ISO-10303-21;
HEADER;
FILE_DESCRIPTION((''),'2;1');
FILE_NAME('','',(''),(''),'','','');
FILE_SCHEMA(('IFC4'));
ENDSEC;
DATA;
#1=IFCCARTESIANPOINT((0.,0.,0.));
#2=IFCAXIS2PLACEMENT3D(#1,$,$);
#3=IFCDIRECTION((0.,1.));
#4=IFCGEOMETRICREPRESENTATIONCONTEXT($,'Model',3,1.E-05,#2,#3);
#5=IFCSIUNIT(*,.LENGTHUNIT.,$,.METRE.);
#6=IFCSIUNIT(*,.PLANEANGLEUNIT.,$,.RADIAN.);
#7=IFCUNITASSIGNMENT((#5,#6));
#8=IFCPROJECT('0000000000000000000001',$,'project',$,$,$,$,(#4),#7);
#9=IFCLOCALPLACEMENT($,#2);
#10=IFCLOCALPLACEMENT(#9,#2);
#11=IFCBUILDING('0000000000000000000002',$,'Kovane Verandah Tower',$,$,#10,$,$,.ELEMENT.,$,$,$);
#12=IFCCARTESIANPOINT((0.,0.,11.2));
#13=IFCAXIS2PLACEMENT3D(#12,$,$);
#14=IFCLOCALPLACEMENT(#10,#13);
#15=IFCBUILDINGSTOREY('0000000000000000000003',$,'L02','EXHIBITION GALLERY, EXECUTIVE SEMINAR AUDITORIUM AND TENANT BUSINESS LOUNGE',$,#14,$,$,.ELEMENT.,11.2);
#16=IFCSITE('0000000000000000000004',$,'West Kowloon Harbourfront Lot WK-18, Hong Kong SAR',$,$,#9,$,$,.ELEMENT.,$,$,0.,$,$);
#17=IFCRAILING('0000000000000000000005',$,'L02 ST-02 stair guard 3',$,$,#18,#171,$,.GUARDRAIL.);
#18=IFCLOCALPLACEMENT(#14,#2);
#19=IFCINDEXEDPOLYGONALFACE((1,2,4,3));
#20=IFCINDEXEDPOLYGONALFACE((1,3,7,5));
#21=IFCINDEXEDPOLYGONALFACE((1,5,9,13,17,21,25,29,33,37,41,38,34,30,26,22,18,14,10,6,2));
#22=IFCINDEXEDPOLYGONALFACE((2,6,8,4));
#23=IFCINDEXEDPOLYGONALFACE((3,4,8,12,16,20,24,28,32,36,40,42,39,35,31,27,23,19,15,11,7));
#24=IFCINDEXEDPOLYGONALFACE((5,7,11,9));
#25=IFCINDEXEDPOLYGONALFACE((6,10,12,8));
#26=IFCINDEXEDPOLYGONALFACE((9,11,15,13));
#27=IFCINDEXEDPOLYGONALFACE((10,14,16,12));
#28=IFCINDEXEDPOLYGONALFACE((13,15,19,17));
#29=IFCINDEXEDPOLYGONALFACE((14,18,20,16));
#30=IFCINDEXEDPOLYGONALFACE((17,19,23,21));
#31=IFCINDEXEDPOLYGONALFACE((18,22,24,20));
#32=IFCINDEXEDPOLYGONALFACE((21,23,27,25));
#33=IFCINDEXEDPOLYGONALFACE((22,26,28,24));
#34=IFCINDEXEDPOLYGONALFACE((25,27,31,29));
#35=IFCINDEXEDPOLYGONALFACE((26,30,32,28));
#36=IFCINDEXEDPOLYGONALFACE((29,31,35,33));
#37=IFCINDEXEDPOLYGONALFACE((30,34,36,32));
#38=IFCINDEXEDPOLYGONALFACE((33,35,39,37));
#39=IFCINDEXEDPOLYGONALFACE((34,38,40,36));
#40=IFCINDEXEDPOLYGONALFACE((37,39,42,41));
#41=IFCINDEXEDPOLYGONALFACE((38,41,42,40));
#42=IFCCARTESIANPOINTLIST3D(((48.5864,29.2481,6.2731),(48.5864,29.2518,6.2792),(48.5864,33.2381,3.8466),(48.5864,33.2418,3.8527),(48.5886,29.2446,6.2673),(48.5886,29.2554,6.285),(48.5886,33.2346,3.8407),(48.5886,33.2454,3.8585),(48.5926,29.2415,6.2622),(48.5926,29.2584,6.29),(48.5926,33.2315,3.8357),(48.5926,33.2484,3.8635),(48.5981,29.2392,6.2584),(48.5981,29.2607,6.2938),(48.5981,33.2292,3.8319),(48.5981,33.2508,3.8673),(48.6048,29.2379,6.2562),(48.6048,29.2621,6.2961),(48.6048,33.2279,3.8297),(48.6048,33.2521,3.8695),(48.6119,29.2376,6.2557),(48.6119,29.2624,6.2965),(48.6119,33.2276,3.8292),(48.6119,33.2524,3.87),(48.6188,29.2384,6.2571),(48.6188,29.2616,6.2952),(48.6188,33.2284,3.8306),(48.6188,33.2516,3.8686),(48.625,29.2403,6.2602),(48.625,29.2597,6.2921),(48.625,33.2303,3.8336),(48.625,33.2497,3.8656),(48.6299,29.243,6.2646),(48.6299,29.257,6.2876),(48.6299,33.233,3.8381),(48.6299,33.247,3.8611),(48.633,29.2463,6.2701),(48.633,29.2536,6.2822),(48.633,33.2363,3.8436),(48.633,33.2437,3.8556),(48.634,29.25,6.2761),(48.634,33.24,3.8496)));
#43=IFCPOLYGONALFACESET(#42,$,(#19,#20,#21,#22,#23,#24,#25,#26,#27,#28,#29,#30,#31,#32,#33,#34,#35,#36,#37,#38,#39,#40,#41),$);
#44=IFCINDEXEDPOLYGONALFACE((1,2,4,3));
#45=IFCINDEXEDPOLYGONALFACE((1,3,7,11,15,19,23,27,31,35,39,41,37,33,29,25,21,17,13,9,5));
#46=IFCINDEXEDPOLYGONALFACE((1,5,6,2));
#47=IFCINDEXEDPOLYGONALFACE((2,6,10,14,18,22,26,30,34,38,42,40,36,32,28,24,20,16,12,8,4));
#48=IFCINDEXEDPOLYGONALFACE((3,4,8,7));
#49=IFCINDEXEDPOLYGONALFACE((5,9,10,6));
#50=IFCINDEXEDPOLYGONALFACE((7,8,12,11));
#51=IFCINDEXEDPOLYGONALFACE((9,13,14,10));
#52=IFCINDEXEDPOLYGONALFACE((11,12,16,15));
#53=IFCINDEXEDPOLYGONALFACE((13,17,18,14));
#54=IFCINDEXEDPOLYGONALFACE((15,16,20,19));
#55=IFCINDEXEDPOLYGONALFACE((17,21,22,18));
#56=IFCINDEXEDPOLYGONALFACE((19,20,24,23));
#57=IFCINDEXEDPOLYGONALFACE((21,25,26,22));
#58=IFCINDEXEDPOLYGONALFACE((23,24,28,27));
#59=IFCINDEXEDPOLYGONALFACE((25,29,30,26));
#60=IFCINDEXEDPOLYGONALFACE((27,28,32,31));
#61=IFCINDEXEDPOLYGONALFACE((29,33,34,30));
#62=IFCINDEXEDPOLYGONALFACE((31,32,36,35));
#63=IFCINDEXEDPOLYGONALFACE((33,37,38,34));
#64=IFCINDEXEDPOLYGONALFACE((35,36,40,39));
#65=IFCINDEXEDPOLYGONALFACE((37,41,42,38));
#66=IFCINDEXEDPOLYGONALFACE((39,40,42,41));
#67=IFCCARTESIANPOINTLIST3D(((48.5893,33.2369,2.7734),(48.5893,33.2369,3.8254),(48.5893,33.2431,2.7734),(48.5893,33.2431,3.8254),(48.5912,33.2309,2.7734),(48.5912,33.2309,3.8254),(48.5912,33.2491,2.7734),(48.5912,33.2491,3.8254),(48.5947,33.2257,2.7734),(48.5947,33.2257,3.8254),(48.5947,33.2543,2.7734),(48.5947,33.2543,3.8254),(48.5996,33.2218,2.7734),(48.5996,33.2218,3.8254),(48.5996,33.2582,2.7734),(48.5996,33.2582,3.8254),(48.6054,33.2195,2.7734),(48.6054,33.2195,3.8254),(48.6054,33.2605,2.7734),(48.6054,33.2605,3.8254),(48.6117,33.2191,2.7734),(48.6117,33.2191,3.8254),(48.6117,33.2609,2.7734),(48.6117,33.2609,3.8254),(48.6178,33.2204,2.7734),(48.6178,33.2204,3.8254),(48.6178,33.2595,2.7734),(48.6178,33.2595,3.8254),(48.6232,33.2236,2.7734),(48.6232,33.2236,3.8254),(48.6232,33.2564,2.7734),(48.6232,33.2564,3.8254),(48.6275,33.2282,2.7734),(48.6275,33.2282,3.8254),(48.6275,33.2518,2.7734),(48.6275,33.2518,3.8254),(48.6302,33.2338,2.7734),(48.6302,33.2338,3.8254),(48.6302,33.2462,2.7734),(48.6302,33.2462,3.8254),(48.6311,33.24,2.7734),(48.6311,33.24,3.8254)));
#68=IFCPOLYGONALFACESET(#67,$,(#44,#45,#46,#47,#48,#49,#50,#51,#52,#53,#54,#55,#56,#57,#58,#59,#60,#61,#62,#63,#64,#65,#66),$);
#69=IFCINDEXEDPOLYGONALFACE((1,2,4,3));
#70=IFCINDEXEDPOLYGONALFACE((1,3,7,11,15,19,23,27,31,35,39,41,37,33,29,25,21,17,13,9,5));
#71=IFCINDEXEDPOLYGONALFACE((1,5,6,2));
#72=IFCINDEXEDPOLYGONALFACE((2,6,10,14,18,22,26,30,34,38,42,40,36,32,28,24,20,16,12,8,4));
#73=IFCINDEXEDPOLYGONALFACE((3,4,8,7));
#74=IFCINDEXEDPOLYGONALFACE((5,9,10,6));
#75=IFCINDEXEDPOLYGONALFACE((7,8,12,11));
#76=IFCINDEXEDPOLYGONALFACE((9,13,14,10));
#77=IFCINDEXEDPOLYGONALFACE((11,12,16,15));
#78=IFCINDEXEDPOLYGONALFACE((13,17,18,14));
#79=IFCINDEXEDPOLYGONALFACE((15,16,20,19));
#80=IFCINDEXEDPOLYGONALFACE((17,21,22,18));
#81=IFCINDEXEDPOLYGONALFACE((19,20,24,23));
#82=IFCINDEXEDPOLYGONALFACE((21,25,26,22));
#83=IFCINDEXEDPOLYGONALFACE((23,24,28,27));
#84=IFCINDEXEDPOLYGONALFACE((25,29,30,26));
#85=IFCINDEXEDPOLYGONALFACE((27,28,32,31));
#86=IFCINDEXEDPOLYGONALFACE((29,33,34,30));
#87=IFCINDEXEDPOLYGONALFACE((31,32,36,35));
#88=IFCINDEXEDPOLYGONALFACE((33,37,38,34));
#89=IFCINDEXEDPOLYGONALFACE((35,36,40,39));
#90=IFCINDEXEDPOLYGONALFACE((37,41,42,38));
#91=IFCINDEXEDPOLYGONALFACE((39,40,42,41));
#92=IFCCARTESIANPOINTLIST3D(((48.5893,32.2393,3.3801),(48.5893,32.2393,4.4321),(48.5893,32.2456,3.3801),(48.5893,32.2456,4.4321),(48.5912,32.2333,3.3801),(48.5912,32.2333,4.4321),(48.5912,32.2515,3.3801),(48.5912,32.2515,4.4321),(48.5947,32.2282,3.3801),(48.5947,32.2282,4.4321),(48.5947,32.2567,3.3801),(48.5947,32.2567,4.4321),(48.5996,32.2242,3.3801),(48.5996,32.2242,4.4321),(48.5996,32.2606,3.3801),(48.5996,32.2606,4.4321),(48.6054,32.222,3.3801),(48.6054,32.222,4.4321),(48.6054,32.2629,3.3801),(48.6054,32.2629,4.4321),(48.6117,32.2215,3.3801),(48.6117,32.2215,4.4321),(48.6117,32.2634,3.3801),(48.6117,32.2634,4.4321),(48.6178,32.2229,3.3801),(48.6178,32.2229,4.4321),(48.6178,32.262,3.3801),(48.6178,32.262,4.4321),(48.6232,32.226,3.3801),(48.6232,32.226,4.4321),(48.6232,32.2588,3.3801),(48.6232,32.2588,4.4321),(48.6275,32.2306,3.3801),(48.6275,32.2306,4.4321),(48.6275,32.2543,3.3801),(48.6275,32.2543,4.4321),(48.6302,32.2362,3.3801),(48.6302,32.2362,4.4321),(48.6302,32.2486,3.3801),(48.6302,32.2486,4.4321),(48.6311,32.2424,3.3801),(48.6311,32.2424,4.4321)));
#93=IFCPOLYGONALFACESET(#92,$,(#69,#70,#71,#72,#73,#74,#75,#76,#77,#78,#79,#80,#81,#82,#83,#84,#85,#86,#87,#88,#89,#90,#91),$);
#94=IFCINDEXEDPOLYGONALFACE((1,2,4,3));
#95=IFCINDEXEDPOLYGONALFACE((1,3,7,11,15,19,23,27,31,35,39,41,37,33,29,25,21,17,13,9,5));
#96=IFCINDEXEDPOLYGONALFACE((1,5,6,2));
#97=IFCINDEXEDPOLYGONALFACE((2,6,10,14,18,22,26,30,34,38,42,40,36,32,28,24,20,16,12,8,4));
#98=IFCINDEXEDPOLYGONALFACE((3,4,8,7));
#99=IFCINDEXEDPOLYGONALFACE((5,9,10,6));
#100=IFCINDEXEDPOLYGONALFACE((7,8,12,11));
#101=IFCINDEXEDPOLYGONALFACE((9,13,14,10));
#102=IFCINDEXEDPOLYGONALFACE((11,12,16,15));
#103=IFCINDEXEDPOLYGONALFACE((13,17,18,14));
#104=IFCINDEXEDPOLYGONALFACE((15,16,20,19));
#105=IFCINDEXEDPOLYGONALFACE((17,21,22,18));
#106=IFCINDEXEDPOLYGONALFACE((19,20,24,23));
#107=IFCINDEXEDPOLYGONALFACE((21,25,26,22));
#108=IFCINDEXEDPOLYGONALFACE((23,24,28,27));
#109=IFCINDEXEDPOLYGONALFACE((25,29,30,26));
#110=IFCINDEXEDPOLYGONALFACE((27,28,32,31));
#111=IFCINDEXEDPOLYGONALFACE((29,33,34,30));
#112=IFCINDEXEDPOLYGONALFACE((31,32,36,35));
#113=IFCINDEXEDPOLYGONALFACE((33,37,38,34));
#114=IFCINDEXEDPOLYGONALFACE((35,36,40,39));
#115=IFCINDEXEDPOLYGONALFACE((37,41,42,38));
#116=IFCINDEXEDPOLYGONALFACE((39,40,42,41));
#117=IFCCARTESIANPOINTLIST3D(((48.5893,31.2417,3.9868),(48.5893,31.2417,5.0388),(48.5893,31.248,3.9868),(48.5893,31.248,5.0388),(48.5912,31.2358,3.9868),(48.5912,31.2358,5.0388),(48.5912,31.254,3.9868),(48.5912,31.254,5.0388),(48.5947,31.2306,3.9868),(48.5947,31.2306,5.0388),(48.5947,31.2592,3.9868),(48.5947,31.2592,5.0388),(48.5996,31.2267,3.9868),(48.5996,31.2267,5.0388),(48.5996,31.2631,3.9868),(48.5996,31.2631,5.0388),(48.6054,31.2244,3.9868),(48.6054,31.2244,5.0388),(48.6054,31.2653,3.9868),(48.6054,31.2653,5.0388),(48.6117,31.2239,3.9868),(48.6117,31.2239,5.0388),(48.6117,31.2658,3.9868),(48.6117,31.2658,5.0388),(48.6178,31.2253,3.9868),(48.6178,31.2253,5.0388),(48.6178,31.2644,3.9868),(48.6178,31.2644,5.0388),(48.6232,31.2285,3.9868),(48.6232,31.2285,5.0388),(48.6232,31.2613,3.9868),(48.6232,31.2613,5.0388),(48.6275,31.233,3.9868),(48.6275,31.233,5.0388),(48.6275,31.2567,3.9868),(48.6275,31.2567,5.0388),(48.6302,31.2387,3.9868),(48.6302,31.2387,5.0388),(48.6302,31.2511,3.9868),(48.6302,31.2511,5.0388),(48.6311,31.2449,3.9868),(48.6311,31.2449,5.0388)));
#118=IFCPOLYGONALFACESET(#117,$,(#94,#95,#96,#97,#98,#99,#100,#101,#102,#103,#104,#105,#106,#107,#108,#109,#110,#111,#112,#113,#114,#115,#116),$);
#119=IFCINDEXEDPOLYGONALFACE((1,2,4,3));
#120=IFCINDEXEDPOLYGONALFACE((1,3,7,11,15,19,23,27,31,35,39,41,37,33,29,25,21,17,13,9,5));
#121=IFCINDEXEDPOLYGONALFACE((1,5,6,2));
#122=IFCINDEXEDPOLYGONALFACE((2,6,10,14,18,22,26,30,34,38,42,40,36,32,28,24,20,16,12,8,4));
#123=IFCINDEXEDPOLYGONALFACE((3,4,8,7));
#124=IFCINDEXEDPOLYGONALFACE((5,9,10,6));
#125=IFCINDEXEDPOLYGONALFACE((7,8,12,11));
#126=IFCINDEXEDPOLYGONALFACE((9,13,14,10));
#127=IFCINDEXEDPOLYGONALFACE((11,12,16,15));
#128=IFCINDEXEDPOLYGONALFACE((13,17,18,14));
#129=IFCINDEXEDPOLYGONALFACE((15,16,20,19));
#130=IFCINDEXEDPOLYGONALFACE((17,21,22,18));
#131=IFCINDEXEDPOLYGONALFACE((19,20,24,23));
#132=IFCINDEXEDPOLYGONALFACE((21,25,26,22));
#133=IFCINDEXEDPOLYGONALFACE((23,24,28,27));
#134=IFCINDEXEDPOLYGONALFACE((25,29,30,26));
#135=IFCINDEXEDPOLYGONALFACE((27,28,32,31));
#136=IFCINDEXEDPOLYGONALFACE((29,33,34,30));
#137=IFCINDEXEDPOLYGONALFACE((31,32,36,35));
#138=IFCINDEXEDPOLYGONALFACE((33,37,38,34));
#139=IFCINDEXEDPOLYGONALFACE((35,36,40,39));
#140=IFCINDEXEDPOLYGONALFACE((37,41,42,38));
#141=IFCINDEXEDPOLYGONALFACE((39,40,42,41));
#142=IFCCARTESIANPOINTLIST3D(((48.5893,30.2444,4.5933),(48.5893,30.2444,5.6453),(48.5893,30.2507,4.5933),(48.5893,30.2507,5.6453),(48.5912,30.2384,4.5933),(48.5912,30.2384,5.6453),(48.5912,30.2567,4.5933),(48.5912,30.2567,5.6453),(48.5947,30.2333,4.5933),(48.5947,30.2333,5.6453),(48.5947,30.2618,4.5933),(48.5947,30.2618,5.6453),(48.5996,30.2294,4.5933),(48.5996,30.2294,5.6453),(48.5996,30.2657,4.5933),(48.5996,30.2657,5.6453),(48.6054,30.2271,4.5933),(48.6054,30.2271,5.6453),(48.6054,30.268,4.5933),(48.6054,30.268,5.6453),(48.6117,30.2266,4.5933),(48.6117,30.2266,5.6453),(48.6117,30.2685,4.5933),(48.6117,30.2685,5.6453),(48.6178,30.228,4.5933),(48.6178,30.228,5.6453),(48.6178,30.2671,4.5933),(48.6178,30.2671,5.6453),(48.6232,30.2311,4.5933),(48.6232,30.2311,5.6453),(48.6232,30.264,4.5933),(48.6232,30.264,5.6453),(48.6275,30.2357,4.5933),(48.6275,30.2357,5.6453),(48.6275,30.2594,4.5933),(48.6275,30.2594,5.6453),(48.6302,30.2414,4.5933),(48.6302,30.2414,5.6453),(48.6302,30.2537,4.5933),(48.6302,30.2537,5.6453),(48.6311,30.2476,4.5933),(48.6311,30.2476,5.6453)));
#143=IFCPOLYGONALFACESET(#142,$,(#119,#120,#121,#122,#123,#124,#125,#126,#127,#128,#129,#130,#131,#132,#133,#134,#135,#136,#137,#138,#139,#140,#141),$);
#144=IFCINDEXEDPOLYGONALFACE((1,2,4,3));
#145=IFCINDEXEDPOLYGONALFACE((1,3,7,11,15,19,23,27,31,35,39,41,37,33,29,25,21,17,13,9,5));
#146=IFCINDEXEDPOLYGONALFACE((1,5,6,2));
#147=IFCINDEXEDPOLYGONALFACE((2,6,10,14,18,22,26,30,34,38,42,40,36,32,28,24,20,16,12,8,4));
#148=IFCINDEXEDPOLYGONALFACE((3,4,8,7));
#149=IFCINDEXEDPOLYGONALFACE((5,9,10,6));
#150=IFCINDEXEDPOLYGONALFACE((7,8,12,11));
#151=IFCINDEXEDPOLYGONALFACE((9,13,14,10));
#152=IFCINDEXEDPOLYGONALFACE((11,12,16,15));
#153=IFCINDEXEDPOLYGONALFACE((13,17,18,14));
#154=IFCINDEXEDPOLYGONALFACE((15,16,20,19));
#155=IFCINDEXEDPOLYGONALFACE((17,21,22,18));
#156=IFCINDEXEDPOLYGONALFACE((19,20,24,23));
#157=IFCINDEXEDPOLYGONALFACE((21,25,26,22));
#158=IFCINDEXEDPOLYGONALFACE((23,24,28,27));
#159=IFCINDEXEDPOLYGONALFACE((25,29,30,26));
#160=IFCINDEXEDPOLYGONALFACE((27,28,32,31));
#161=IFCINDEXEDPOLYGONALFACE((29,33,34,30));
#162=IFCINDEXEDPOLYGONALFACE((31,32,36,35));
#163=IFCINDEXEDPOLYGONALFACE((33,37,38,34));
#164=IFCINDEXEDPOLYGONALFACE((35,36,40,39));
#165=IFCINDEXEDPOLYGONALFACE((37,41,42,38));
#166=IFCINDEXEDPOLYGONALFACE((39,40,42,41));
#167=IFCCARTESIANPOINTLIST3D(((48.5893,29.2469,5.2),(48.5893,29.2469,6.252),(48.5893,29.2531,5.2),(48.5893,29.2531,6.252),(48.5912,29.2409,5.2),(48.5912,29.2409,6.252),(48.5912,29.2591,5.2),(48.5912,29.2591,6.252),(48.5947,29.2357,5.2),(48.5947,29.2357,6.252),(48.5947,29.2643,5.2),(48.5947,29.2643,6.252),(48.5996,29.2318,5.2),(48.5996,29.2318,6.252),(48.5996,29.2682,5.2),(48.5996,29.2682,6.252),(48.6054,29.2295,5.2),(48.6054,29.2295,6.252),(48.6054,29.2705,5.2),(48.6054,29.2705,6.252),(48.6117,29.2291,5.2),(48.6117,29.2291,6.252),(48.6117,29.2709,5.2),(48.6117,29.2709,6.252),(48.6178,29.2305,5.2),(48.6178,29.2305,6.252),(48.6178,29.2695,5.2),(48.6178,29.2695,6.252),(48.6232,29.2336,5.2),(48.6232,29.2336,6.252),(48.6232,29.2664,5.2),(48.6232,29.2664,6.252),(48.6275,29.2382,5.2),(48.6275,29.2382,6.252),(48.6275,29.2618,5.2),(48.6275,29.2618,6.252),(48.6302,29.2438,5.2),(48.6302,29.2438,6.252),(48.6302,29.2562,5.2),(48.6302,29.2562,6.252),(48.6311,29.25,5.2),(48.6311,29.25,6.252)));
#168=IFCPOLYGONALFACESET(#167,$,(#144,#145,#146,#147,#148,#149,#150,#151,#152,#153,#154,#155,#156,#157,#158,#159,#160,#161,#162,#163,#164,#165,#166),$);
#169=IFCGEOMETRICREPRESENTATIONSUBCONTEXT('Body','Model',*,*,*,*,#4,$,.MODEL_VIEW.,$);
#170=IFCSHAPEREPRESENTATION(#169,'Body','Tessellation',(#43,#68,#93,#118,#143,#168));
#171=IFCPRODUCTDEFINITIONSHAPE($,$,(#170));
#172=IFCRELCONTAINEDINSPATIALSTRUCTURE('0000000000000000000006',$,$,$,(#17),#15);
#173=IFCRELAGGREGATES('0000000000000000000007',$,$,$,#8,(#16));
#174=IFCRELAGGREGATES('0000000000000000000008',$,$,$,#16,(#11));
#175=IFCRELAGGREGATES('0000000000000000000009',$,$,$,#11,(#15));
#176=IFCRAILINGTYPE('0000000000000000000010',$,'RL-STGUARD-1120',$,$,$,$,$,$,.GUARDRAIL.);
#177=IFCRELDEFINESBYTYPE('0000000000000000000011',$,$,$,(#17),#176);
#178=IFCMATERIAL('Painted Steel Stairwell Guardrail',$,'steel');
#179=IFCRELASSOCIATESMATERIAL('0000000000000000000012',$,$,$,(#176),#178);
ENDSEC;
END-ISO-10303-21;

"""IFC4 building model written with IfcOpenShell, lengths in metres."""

from ifc_helpers import new_model, si_unit, direction, frame, origin, origin_2d, place, context, subcontext, project, spatial, circle, extrude, material, type_object, element, save


model = new_model("IFC4")

# Units and contexts
model_context = context("Model", 3, precision=1e-05, world=origin(), true_north=direction((0.0, 1.0)))
body_context = subcontext(model_context, "Body", "Model", "MODEL_VIEW")
ifc_project = project(units=[si_unit("LENGTHUNIT", "METRE"), si_unit("PLANEANGLEUNIT", "RADIAN")], contexts=[model_context])

# Site, building, storey
site_placement = place(None, origin())
site = spatial("IfcSite", under=ifc_project, at=site_placement, Name="West Kowloon Harbourfront Lot WK-18, Hong Kong SAR", CompositionType="ELEMENT", RefElevation=0.0)
building_placement = place(site_placement, origin())
building = spatial("IfcBuilding", under=site, at=building_placement, Name="Kovane Verandah Tower", CompositionType="ELEMENT")
storey_placement = place(building_placement, frame((0.0, 0.0, 11.2)))
storey = spatial("IfcBuildingStorey", under=building, at=storey_placement, Name="L02", Description="EXHIBITION GALLERY, EXECUTIVE SEMINAR AUDITORIUM AND TENANT BUSINESS LOUNGE", CompositionType="ELEMENT", Elevation=11.2)

# Railing
ifc_material_1 = material(Name="Painted Steel Stairwell Guardrail", Category="steel")
railing_type_1 = type_object("IfcRailingType", Name="RL-STGUARD-1120", PredefinedType="GUARDRAIL", material=ifc_material_1)
railing_1_placement = place(storey_placement, frame((48.6101, 33.24, 2.7734)))
element("IfcRailing", 1, at=railing_1_placement, inside=storey, type_object=railing_type_1, Name="L02 ST-02 stair guard 3", PredefinedType="GUARDRAIL", context=body_context, shape_type="SweptSolid", body=[
    extrude(circle(Radius=0.0239, at=origin_2d()), frame((0.0, 0.0, 1.0762), z_axis=(0.0, -0.854405, 0.519607), x_axis=(1.0, 0.0, 0.0)), (0.0, 0.0, 1.0), 4.6699),
    extrude(circle(Radius=0.021, at=origin_2d()), origin(), (0.0, 0.0, 1.0), 1.052),
    extrude(circle(Radius=0.021, at=origin_2d()), frame((0.0, -0.9976, 0.6067)), (0.0, 0.0, 1.0), 1.052),
    extrude(circle(Radius=0.021, at=origin_2d()), frame((0.0, -1.9951, 1.2134)), (0.0, 0.0, 1.0), 1.052),
    extrude(circle(Radius=0.021, at=origin_2d()), frame((0.0, -2.9924, 1.8198)), (0.0, 0.0, 1.0), 1.052),
    extrude(circle(Radius=0.021, at=origin_2d()), frame((0.0, -3.99, 2.4265)), (0.0, 0.0, 1.0), 1.052),
])

save(model, "model.ifc")
